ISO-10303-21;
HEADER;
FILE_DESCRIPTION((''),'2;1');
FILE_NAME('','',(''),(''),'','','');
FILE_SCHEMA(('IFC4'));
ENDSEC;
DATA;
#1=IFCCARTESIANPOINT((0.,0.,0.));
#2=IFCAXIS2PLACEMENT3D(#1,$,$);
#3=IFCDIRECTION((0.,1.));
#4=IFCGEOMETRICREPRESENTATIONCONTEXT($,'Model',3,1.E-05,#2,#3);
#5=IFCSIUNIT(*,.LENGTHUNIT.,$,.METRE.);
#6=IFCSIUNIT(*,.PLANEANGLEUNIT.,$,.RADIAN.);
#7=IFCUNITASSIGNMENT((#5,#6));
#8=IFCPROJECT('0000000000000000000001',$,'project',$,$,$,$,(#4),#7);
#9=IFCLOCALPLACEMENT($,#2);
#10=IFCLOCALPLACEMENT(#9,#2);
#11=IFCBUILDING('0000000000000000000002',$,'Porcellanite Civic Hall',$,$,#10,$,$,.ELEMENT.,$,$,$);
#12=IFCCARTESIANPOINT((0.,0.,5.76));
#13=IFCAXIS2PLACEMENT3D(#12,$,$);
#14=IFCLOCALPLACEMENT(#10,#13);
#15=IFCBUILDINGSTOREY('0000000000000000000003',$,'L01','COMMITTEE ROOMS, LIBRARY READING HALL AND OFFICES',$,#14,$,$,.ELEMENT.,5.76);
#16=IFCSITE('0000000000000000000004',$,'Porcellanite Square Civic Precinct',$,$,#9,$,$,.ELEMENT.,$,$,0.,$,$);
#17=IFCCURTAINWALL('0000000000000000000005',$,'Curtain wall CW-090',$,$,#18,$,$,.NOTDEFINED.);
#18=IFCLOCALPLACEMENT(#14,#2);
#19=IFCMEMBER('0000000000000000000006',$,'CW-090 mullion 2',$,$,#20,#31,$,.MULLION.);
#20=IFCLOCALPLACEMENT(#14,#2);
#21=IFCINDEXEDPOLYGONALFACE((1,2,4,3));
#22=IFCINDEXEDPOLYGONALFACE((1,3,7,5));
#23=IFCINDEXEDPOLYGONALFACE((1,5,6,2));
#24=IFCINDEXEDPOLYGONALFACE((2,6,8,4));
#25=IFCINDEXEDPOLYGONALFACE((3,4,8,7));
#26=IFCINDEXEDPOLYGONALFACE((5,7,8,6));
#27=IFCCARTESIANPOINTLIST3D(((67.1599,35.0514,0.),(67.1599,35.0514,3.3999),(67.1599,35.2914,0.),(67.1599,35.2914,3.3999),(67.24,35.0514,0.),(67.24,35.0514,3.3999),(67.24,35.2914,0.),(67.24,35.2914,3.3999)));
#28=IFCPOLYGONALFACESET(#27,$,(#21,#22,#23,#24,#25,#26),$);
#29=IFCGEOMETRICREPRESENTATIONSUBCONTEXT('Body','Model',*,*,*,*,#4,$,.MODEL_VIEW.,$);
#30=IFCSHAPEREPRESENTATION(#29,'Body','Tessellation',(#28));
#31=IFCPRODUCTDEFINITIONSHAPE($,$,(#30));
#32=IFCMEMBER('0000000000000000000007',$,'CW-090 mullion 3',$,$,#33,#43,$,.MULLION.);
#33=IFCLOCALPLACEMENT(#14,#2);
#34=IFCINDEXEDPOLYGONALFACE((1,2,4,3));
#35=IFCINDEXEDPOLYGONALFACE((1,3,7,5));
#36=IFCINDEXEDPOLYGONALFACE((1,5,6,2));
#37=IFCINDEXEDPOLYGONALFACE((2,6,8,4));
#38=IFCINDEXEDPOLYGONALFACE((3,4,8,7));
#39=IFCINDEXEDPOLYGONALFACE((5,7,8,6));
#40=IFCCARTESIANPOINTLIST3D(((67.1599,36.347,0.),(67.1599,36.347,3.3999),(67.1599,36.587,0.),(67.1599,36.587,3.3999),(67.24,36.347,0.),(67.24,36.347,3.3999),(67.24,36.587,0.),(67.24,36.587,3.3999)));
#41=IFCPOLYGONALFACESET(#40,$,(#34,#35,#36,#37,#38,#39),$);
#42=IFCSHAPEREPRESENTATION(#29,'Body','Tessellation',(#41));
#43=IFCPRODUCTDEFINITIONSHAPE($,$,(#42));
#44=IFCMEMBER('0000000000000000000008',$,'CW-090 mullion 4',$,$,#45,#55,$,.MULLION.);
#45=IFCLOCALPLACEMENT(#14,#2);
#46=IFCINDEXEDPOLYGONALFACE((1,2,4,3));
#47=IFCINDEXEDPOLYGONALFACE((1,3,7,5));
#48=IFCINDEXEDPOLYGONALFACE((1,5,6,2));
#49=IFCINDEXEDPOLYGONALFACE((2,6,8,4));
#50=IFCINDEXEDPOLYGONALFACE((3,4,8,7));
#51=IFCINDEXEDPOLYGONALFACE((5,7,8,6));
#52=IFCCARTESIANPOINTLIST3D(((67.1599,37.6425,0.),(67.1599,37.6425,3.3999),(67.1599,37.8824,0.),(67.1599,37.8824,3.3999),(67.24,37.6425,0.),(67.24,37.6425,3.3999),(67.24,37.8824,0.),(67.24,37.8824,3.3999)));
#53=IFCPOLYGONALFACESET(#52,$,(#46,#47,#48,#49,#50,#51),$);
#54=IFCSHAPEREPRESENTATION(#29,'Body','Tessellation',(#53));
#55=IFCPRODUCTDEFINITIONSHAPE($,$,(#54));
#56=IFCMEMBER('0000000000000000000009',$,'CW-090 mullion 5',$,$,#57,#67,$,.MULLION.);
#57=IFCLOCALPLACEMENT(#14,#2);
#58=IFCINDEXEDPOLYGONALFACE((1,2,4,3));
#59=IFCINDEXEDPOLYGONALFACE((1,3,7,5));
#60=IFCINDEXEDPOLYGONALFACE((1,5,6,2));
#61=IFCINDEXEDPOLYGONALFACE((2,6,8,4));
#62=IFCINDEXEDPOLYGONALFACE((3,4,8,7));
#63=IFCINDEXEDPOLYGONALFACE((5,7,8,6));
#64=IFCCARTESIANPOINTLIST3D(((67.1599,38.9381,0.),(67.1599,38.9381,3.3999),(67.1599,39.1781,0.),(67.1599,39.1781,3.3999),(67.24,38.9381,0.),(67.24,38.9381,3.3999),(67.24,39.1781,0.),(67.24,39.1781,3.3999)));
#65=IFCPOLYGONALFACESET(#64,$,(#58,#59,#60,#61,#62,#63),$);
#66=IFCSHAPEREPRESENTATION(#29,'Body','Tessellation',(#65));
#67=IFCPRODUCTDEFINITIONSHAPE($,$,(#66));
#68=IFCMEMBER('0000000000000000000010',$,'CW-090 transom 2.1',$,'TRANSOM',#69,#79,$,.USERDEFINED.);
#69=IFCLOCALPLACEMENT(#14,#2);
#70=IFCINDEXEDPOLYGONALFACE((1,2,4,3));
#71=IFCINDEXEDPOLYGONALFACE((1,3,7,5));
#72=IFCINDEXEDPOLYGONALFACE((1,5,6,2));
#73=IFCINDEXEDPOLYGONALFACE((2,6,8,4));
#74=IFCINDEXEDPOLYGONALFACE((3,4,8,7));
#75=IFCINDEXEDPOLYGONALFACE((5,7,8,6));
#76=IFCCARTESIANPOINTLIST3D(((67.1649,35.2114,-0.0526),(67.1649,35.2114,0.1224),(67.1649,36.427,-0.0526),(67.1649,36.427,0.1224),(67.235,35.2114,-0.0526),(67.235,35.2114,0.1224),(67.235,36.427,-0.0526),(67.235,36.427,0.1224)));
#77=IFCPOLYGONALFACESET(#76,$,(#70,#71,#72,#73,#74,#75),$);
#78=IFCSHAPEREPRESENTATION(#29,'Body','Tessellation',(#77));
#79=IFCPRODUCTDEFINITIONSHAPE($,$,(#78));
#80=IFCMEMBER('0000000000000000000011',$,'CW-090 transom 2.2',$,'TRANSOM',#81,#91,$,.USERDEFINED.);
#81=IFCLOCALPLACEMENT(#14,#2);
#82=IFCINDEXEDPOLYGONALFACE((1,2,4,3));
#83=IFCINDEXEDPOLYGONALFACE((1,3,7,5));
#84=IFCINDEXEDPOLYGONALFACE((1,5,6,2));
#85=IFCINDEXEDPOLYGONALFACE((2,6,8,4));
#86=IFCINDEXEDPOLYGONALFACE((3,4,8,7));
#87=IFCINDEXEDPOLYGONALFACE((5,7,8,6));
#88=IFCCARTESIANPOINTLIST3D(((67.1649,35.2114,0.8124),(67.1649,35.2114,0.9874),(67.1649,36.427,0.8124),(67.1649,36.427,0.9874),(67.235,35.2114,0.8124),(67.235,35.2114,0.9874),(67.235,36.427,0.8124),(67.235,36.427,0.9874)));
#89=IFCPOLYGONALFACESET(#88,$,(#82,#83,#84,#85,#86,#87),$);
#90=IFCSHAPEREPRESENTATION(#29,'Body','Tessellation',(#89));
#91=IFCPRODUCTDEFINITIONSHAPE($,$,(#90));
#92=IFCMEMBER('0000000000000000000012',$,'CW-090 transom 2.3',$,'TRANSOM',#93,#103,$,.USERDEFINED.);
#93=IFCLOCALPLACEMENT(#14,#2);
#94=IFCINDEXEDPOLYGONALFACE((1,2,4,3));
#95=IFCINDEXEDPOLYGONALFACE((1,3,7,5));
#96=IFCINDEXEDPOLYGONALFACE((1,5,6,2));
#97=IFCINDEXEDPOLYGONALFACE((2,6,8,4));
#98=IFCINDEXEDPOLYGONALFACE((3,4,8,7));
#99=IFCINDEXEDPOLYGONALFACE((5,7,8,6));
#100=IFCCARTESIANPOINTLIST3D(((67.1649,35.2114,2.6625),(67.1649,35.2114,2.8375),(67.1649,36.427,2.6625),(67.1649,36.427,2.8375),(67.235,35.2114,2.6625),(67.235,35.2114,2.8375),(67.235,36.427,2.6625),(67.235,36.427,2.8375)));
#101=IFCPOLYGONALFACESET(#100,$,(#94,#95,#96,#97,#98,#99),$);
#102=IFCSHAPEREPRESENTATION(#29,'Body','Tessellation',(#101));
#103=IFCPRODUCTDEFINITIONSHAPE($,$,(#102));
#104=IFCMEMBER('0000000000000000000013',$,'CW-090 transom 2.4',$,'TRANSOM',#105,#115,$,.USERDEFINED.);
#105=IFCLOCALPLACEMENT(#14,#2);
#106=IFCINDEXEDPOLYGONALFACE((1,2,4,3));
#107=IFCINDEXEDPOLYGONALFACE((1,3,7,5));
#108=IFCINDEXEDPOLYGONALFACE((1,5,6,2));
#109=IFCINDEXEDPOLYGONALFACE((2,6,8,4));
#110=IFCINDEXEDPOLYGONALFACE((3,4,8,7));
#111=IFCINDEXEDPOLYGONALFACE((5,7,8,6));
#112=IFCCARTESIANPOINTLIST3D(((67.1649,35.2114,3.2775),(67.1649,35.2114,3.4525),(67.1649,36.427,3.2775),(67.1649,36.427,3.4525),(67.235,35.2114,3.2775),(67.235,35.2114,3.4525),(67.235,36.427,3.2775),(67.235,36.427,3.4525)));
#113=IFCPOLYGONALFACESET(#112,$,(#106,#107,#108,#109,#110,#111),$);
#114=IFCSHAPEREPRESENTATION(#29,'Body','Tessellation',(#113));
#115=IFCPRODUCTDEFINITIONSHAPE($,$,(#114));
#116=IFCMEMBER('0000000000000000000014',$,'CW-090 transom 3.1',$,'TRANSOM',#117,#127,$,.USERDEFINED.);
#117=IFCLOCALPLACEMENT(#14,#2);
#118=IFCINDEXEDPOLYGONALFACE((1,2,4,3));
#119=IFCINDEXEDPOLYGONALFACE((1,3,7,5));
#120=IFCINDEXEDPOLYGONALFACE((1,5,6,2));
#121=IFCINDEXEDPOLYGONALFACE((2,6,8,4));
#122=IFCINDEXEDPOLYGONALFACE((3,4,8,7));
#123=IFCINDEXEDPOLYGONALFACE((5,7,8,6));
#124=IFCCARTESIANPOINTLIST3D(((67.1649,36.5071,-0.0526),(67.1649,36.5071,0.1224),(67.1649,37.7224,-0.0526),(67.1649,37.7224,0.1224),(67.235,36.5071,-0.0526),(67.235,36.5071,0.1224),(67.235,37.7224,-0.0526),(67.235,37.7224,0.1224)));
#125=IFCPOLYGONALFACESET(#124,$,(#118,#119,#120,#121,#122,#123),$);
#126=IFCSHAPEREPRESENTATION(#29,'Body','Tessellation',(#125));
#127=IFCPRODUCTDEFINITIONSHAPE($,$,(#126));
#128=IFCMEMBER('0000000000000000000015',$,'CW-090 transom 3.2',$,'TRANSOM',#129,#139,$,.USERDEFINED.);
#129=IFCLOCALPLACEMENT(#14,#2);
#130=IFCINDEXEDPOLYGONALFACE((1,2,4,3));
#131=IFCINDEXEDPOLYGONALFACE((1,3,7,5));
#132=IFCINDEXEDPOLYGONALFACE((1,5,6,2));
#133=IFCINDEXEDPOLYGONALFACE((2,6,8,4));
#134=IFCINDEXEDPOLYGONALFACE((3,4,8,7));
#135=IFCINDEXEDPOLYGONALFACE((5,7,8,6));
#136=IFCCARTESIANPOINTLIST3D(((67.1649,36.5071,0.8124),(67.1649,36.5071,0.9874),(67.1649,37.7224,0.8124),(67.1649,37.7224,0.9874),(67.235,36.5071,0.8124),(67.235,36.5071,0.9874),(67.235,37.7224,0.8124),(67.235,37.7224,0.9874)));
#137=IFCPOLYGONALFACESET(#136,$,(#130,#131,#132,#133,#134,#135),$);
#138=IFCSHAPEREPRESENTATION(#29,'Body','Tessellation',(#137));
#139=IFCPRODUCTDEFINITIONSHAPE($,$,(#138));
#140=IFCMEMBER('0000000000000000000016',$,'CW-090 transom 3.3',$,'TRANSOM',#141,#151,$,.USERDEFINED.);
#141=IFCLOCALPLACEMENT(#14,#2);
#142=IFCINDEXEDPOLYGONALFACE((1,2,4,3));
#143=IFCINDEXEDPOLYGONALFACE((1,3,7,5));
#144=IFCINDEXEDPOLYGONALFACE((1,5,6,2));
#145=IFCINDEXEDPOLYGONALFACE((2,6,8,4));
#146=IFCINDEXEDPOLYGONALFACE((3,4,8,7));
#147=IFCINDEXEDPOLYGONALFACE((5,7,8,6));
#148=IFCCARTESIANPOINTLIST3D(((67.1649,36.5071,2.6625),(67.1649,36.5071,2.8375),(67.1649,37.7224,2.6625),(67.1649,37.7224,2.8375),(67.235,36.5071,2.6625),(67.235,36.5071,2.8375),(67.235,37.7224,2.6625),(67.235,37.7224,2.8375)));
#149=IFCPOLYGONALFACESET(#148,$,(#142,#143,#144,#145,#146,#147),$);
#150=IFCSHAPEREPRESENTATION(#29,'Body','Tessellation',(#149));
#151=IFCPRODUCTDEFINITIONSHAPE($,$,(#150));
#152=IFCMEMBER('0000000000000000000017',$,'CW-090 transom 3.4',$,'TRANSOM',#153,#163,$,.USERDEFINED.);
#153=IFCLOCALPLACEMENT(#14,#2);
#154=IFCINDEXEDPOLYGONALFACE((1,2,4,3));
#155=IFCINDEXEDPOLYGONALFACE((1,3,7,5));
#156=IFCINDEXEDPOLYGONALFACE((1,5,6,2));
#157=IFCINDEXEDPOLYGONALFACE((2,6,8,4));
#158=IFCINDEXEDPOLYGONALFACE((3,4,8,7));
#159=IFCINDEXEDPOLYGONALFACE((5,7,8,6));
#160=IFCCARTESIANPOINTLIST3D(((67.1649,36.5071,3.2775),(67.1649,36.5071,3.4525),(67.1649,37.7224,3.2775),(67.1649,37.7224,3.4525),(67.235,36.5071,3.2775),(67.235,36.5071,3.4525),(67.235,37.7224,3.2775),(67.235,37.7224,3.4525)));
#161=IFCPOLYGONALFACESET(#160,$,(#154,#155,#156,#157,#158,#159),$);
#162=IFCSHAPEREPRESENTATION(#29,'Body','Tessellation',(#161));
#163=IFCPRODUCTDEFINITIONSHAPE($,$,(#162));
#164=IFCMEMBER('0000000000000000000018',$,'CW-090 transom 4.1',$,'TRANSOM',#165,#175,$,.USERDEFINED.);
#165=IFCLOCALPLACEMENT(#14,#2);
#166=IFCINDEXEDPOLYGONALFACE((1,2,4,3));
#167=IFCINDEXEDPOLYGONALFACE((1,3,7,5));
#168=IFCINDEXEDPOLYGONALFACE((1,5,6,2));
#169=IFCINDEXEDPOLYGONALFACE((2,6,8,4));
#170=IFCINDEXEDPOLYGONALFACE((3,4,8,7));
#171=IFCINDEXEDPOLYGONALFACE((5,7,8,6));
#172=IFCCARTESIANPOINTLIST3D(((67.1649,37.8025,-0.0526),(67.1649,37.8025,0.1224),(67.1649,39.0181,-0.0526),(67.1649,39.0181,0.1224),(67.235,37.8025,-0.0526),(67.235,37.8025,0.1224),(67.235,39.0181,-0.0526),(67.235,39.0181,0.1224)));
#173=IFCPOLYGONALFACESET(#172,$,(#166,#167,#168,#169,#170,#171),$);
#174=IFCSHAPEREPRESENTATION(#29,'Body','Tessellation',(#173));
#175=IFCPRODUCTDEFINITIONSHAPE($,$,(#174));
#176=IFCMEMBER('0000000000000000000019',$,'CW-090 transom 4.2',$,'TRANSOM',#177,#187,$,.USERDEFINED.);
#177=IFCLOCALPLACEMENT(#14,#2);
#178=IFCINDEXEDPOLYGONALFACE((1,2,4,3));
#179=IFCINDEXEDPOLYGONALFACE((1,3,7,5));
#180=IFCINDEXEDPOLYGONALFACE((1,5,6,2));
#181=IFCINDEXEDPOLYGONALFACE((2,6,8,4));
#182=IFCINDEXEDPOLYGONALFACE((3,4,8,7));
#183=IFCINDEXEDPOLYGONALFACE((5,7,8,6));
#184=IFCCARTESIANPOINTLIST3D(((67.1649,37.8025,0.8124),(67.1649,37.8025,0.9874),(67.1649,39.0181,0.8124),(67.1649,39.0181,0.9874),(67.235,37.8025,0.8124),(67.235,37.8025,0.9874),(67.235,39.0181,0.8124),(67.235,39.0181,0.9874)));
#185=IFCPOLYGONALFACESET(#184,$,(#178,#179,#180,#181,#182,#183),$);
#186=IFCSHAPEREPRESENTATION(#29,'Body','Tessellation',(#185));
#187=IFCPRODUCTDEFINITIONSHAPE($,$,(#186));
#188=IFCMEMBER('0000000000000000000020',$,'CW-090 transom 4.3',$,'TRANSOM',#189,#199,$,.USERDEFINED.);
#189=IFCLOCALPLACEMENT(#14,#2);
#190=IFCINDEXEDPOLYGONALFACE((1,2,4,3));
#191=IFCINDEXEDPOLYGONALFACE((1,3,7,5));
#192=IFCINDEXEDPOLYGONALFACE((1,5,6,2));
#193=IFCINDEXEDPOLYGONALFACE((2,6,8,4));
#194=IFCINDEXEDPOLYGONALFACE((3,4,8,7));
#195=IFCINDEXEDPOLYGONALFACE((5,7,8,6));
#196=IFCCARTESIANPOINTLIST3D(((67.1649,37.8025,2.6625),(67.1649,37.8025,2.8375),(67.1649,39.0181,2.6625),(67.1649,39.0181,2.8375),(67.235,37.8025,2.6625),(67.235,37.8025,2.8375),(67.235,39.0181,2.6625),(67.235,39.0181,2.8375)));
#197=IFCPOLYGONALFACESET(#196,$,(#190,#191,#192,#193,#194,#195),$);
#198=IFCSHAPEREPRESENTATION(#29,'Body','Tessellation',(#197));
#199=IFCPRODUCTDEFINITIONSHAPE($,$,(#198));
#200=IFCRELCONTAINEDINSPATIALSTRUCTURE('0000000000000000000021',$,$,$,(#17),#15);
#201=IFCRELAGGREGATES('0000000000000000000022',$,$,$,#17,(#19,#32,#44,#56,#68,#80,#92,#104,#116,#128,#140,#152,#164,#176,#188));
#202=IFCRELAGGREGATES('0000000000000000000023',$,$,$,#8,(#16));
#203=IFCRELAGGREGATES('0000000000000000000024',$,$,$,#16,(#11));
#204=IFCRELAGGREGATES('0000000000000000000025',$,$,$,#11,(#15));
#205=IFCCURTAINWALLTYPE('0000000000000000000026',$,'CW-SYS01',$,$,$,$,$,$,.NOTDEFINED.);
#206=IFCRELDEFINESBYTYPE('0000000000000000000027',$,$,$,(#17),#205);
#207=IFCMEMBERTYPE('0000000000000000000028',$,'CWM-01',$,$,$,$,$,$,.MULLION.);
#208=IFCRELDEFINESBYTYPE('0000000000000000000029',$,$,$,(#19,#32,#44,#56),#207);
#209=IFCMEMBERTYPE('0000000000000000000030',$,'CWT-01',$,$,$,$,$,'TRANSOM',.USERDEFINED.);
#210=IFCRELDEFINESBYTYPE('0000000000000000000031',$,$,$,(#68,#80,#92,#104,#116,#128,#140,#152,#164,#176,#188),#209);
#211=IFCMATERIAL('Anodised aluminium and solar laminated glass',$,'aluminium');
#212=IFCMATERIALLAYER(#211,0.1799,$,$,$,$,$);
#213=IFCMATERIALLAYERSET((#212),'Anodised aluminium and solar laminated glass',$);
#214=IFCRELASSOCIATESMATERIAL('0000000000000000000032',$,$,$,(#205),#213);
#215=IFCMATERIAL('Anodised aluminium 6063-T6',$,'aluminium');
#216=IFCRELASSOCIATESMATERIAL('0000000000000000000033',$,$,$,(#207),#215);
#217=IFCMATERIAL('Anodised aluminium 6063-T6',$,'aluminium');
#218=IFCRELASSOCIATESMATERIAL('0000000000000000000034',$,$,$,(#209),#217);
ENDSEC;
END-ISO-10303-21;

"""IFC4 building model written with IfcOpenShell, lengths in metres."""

from ifc_helpers import new_model, si_unit, direction, frame, origin, origin_2d, place, context, subcontext, project, spatial, rectangle, extrude, material, layer, layer_set, material_profile, profile_set, type_object, element, aggregate, save


model = new_model("IFC4")

# Units and contexts
model_context = context("Model", 3, precision=1e-05, world=origin(), true_north=direction((0.0, 1.0)))
body_context = subcontext(model_context, "Body", "Model", "MODEL_VIEW")
ifc_project = project(units=[si_unit("LENGTHUNIT", "METRE"), si_unit("PLANEANGLEUNIT", "RADIAN")], contexts=[model_context])

# Site, building, storey
site_placement = place(None, origin())
site = spatial("IfcSite", under=ifc_project, at=site_placement, Name="Porcellanite Square Civic Precinct", CompositionType="ELEMENT", RefElevation=0.0)
building_placement = place(site_placement, origin())
building = spatial("IfcBuilding", under=site, at=building_placement, Name="Porcellanite Civic Hall", CompositionType="ELEMENT")
storey_placement = place(building_placement, frame((0.0, 0.0, 5.76)))
storey = spatial("IfcBuildingStorey", under=building, at=storey_placement, Name="L01", Description="COMMITTEE ROOMS, LIBRARY READING HALL AND OFFICES", CompositionType="ELEMENT", Elevation=5.76)

# Curtain wall, members
ifc_material_1 = material(Name="Anodised aluminium and solar laminated glass", Category="aluminium")
ifc_layer_1 = layer(ifc_material_1, 0.1799)
ifc_layer_set_1 = layer_set([ifc_layer_1], Name="Anodised aluminium and solar laminated glass")
curtain_wall_type = type_object("IfcCurtainWallType", Name="CW-SYS01", PredefinedType="NOTDEFINED", material=ifc_layer_set_1)
curtain_wall_placement = place(storey_placement, origin())
curtain_wall = element("IfcCurtainWall", 1, at=curtain_wall_placement, inside=storey, type_object=curtain_wall_type, Name="Curtain wall CW-090", PredefinedType="NOTDEFINED")
ifc_material_2 = material(Name="Anodised aluminium 6063-T6", Category="aluminium")
ifc_material_profile_1 = material_profile(ifc_material_2, rectangle(XDim=0.0801, YDim=0.24, at=origin_2d()), Name="AL-80x240")
ifc_profile_set_1 = profile_set([ifc_material_profile_1], Name="Anodised aluminium 6063-T6")
member_type_1 = type_object("IfcMemberType", Name="CWM-01", PredefinedType="MULLION", material=ifc_profile_set_1)
member_1_placement = place(storey_placement, frame((67.2, 35.1714, 0.0), z_axis=(0.0, 0.0, 1.0), x_axis=(-1.0, 0.0, 0.0)))
member_1 = element("IfcMember", 2, at=member_1_placement, type_object=member_type_1, Name="CW-090 mullion 2", PredefinedType="MULLION", context=body_context, shape_type="SweptSolid", body=[
    extrude(rectangle(XDim=0.0801, YDim=0.24, at=origin_2d()), origin(), (0.0, 0.0, 1.0), 3.3999),
])
member_2_placement = place(storey_placement, frame((67.2, 36.467, 0.0), z_axis=(0.0, 0.0, 1.0), x_axis=(-1.0, 0.0, 0.0)))
member_2 = element("IfcMember", 3, at=member_2_placement, type_object=member_type_1, Name="CW-090 mullion 3", PredefinedType="MULLION", context=body_context, shape_type="SweptSolid", body=[
    extrude(rectangle(XDim=0.0801, YDim=0.24, at=origin_2d()), origin(), (0.0, 0.0, 1.0), 3.3999),
])
member_3_placement = place(storey_placement, frame((67.2, 37.7625, 0.0), z_axis=(0.0, 0.0, 1.0), x_axis=(-1.0, 0.0, 0.0)))
member_3 = element("IfcMember", 4, at=member_3_placement, type_object=member_type_1, Name="CW-090 mullion 4", PredefinedType="MULLION", context=body_context, shape_type="SweptSolid", body=[
    extrude(rectangle(XDim=0.0801, YDim=0.24, at=origin_2d()), origin(), (0.0, 0.0, 1.0), 3.3999),
])
member_4_placement = place(storey_placement, frame((67.2, 39.0581, 0.0), z_axis=(0.0, 0.0, 1.0), x_axis=(-1.0, 0.0, 0.0)))
member_4 = element("IfcMember", 5, at=member_4_placement, type_object=member_type_1, Name="CW-090 mullion 5", PredefinedType="MULLION", context=body_context, shape_type="SweptSolid", body=[
    extrude(rectangle(XDim=0.0801, YDim=0.24, at=origin_2d()), origin(), (0.0, 0.0, 1.0), 3.3999),
])
ifc_material_3 = material(Name="Anodised aluminium 6063-T6", Category="aluminium")
ifc_material_profile_2 = material_profile(ifc_material_3, rectangle(XDim=0.0701, YDim=0.175, at=origin_2d()), Name="AL-70x175")
ifc_profile_set_2 = profile_set([ifc_material_profile_2], Name="Anodised aluminium 6063-T6")
member_type_2 = type_object("IfcMemberType", Name="CWT-01", ElementType="TRANSOM", PredefinedType="USERDEFINED", material=ifc_profile_set_2)
member_5_placement = place(storey_placement, frame((67.2, 35.2114, 0.0349), z_axis=(0.0, 1.0, 0.0), x_axis=(-1.0, 0.0, 0.0)))
member_5 = element("IfcMember", 6, at=member_5_placement, type_object=member_type_2, Name="CW-090 transom 2.1", ObjectType="TRANSOM", PredefinedType="USERDEFINED", context=body_context, shape_type="SweptSolid", body=[
    extrude(rectangle(XDim=0.0701, YDim=0.175, at=origin_2d()), origin(), (0.0, 0.0, 1.0), 1.2156),
])
member_6_placement = place(storey_placement, frame((67.2, 35.2114, 0.8999), z_axis=(0.0, 1.0, 0.0), x_axis=(-1.0, 0.0, 0.0)))
member_6 = element("IfcMember", 7, at=member_6_placement, type_object=member_type_2, Name="CW-090 transom 2.2", ObjectType="TRANSOM", PredefinedType="USERDEFINED", context=body_context, shape_type="SweptSolid", body=[
    extrude(rectangle(XDim=0.0701, YDim=0.175, at=origin_2d()), origin(), (0.0, 0.0, 1.0), 1.2156),
])
member_7_placement = place(storey_placement, frame((67.2, 35.2114, 2.75), z_axis=(0.0, 1.0, 0.0), x_axis=(-1.0, 0.0, 0.0)))
member_7 = element("IfcMember", 8, at=member_7_placement, type_object=member_type_2, Name="CW-090 transom 2.3", ObjectType="TRANSOM", PredefinedType="USERDEFINED", context=body_context, shape_type="SweptSolid", body=[
    extrude(rectangle(XDim=0.0701, YDim=0.175, at=origin_2d()), origin(), (0.0, 0.0, 1.0), 1.2156),
])
member_8_placement = place(storey_placement, frame((67.2, 35.2114, 3.365), z_axis=(0.0, 1.0, 0.0), x_axis=(-1.0, 0.0, 0.0)))
member_8 = element("IfcMember", 9, at=member_8_placement, type_object=member_type_2, Name="CW-090 transom 2.4", ObjectType="TRANSOM", PredefinedType="USERDEFINED", context=body_context, shape_type="SweptSolid", body=[
    extrude(rectangle(XDim=0.0701, YDim=0.175, at=origin_2d()), origin(), (0.0, 0.0, 1.0), 1.2156),
])
member_9_placement = place(storey_placement, frame((67.2, 36.5071, 0.0349), z_axis=(0.0, 1.0, 0.0), x_axis=(-1.0, 0.0, 0.0)))
member_9 = element("IfcMember", 10, at=member_9_placement, type_object=member_type_2, Name="CW-090 transom 3.1", ObjectType="TRANSOM", PredefinedType="USERDEFINED", context=body_context, shape_type="SweptSolid", body=[
    extrude(rectangle(XDim=0.0701, YDim=0.175, at=origin_2d()), origin(), (0.0, 0.0, 1.0), 1.2153),
])
member_10_placement = place(storey_placement, frame((67.2, 36.5071, 0.8999), z_axis=(0.0, 1.0, 0.0), x_axis=(-1.0, 0.0, 0.0)))
member_10 = element("IfcMember", 11, at=member_10_placement, type_object=member_type_2, Name="CW-090 transom 3.2", ObjectType="TRANSOM", PredefinedType="USERDEFINED", context=body_context, shape_type="SweptSolid", body=[
    extrude(rectangle(XDim=0.0701, YDim=0.175, at=origin_2d()), origin(), (0.0, 0.0, 1.0), 1.2153),
])
member_11_placement = place(storey_placement, frame((67.2, 36.5071, 2.75), z_axis=(0.0, 1.0, 0.0), x_axis=(-1.0, 0.0, 0.0)))
member_11 = element("IfcMember", 12, at=member_11_placement, type_object=member_type_2, Name="CW-090 transom 3.3", ObjectType="TRANSOM", PredefinedType="USERDEFINED", context=body_context, shape_type="SweptSolid", body=[
    extrude(rectangle(XDim=0.0701, YDim=0.175, at=origin_2d()), origin(), (0.0, 0.0, 1.0), 1.2153),
])
member_12_placement = place(storey_placement, frame((67.2, 36.5071, 3.365), z_axis=(0.0, 1.0, 0.0), x_axis=(-1.0, 0.0, 0.0)))
member_12 = element("IfcMember", 13, at=member_12_placement, type_object=member_type_2, Name="CW-090 transom 3.4", ObjectType="TRANSOM", PredefinedType="USERDEFINED", context=body_context, shape_type="SweptSolid", body=[
    extrude(rectangle(XDim=0.0701, YDim=0.175, at=origin_2d()), origin(), (0.0, 0.0, 1.0), 1.2153),
])
member_13_placement = place(storey_placement, frame((67.2, 37.8025, 0.0349), z_axis=(0.0, 1.0, 0.0), x_axis=(-1.0, 0.0, 0.0)))
member_13 = element("IfcMember", 14, at=member_13_placement, type_object=member_type_2, Name="CW-090 transom 4.1", ObjectType="TRANSOM", PredefinedType="USERDEFINED", context=body_context, shape_type="SweptSolid", body=[
    extrude(rectangle(XDim=0.0701, YDim=0.175, at=origin_2d()), origin(), (0.0, 0.0, 1.0), 1.2156),
])
member_14_placement = place(storey_placement, frame((67.2, 37.8025, 0.8999), z_axis=(0.0, 1.0, 0.0), x_axis=(-1.0, 0.0, 0.0)))
member_14 = element("IfcMember", 15, at=member_14_placement, type_object=member_type_2, Name="CW-090 transom 4.2", ObjectType="TRANSOM", PredefinedType="USERDEFINED", context=body_context, shape_type="SweptSolid", body=[
    extrude(rectangle(XDim=0.0701, YDim=0.175, at=origin_2d()), origin(), (0.0, 0.0, 1.0), 1.2156),
])
member_15_placement = place(storey_placement, frame((67.2, 37.8025, 2.75), z_axis=(0.0, 1.0, 0.0), x_axis=(-1.0, 0.0, 0.0)))
member_15 = element("IfcMember", 16, at=member_15_placement, type_object=member_type_2, Name="CW-090 transom 4.3", ObjectType="TRANSOM", PredefinedType="USERDEFINED", context=body_context, shape_type="SweptSolid", body=[
    extrude(rectangle(XDim=0.0701, YDim=0.175, at=origin_2d()), origin(), (0.0, 0.0, 1.0), 1.2156),
])
aggregate(curtain_wall, [member_1, member_2, member_3, member_4, member_5, member_6, member_7, member_8, member_9, member_10, member_11, member_12, member_13, member_14, member_15])

save(model, "model.ifc")
